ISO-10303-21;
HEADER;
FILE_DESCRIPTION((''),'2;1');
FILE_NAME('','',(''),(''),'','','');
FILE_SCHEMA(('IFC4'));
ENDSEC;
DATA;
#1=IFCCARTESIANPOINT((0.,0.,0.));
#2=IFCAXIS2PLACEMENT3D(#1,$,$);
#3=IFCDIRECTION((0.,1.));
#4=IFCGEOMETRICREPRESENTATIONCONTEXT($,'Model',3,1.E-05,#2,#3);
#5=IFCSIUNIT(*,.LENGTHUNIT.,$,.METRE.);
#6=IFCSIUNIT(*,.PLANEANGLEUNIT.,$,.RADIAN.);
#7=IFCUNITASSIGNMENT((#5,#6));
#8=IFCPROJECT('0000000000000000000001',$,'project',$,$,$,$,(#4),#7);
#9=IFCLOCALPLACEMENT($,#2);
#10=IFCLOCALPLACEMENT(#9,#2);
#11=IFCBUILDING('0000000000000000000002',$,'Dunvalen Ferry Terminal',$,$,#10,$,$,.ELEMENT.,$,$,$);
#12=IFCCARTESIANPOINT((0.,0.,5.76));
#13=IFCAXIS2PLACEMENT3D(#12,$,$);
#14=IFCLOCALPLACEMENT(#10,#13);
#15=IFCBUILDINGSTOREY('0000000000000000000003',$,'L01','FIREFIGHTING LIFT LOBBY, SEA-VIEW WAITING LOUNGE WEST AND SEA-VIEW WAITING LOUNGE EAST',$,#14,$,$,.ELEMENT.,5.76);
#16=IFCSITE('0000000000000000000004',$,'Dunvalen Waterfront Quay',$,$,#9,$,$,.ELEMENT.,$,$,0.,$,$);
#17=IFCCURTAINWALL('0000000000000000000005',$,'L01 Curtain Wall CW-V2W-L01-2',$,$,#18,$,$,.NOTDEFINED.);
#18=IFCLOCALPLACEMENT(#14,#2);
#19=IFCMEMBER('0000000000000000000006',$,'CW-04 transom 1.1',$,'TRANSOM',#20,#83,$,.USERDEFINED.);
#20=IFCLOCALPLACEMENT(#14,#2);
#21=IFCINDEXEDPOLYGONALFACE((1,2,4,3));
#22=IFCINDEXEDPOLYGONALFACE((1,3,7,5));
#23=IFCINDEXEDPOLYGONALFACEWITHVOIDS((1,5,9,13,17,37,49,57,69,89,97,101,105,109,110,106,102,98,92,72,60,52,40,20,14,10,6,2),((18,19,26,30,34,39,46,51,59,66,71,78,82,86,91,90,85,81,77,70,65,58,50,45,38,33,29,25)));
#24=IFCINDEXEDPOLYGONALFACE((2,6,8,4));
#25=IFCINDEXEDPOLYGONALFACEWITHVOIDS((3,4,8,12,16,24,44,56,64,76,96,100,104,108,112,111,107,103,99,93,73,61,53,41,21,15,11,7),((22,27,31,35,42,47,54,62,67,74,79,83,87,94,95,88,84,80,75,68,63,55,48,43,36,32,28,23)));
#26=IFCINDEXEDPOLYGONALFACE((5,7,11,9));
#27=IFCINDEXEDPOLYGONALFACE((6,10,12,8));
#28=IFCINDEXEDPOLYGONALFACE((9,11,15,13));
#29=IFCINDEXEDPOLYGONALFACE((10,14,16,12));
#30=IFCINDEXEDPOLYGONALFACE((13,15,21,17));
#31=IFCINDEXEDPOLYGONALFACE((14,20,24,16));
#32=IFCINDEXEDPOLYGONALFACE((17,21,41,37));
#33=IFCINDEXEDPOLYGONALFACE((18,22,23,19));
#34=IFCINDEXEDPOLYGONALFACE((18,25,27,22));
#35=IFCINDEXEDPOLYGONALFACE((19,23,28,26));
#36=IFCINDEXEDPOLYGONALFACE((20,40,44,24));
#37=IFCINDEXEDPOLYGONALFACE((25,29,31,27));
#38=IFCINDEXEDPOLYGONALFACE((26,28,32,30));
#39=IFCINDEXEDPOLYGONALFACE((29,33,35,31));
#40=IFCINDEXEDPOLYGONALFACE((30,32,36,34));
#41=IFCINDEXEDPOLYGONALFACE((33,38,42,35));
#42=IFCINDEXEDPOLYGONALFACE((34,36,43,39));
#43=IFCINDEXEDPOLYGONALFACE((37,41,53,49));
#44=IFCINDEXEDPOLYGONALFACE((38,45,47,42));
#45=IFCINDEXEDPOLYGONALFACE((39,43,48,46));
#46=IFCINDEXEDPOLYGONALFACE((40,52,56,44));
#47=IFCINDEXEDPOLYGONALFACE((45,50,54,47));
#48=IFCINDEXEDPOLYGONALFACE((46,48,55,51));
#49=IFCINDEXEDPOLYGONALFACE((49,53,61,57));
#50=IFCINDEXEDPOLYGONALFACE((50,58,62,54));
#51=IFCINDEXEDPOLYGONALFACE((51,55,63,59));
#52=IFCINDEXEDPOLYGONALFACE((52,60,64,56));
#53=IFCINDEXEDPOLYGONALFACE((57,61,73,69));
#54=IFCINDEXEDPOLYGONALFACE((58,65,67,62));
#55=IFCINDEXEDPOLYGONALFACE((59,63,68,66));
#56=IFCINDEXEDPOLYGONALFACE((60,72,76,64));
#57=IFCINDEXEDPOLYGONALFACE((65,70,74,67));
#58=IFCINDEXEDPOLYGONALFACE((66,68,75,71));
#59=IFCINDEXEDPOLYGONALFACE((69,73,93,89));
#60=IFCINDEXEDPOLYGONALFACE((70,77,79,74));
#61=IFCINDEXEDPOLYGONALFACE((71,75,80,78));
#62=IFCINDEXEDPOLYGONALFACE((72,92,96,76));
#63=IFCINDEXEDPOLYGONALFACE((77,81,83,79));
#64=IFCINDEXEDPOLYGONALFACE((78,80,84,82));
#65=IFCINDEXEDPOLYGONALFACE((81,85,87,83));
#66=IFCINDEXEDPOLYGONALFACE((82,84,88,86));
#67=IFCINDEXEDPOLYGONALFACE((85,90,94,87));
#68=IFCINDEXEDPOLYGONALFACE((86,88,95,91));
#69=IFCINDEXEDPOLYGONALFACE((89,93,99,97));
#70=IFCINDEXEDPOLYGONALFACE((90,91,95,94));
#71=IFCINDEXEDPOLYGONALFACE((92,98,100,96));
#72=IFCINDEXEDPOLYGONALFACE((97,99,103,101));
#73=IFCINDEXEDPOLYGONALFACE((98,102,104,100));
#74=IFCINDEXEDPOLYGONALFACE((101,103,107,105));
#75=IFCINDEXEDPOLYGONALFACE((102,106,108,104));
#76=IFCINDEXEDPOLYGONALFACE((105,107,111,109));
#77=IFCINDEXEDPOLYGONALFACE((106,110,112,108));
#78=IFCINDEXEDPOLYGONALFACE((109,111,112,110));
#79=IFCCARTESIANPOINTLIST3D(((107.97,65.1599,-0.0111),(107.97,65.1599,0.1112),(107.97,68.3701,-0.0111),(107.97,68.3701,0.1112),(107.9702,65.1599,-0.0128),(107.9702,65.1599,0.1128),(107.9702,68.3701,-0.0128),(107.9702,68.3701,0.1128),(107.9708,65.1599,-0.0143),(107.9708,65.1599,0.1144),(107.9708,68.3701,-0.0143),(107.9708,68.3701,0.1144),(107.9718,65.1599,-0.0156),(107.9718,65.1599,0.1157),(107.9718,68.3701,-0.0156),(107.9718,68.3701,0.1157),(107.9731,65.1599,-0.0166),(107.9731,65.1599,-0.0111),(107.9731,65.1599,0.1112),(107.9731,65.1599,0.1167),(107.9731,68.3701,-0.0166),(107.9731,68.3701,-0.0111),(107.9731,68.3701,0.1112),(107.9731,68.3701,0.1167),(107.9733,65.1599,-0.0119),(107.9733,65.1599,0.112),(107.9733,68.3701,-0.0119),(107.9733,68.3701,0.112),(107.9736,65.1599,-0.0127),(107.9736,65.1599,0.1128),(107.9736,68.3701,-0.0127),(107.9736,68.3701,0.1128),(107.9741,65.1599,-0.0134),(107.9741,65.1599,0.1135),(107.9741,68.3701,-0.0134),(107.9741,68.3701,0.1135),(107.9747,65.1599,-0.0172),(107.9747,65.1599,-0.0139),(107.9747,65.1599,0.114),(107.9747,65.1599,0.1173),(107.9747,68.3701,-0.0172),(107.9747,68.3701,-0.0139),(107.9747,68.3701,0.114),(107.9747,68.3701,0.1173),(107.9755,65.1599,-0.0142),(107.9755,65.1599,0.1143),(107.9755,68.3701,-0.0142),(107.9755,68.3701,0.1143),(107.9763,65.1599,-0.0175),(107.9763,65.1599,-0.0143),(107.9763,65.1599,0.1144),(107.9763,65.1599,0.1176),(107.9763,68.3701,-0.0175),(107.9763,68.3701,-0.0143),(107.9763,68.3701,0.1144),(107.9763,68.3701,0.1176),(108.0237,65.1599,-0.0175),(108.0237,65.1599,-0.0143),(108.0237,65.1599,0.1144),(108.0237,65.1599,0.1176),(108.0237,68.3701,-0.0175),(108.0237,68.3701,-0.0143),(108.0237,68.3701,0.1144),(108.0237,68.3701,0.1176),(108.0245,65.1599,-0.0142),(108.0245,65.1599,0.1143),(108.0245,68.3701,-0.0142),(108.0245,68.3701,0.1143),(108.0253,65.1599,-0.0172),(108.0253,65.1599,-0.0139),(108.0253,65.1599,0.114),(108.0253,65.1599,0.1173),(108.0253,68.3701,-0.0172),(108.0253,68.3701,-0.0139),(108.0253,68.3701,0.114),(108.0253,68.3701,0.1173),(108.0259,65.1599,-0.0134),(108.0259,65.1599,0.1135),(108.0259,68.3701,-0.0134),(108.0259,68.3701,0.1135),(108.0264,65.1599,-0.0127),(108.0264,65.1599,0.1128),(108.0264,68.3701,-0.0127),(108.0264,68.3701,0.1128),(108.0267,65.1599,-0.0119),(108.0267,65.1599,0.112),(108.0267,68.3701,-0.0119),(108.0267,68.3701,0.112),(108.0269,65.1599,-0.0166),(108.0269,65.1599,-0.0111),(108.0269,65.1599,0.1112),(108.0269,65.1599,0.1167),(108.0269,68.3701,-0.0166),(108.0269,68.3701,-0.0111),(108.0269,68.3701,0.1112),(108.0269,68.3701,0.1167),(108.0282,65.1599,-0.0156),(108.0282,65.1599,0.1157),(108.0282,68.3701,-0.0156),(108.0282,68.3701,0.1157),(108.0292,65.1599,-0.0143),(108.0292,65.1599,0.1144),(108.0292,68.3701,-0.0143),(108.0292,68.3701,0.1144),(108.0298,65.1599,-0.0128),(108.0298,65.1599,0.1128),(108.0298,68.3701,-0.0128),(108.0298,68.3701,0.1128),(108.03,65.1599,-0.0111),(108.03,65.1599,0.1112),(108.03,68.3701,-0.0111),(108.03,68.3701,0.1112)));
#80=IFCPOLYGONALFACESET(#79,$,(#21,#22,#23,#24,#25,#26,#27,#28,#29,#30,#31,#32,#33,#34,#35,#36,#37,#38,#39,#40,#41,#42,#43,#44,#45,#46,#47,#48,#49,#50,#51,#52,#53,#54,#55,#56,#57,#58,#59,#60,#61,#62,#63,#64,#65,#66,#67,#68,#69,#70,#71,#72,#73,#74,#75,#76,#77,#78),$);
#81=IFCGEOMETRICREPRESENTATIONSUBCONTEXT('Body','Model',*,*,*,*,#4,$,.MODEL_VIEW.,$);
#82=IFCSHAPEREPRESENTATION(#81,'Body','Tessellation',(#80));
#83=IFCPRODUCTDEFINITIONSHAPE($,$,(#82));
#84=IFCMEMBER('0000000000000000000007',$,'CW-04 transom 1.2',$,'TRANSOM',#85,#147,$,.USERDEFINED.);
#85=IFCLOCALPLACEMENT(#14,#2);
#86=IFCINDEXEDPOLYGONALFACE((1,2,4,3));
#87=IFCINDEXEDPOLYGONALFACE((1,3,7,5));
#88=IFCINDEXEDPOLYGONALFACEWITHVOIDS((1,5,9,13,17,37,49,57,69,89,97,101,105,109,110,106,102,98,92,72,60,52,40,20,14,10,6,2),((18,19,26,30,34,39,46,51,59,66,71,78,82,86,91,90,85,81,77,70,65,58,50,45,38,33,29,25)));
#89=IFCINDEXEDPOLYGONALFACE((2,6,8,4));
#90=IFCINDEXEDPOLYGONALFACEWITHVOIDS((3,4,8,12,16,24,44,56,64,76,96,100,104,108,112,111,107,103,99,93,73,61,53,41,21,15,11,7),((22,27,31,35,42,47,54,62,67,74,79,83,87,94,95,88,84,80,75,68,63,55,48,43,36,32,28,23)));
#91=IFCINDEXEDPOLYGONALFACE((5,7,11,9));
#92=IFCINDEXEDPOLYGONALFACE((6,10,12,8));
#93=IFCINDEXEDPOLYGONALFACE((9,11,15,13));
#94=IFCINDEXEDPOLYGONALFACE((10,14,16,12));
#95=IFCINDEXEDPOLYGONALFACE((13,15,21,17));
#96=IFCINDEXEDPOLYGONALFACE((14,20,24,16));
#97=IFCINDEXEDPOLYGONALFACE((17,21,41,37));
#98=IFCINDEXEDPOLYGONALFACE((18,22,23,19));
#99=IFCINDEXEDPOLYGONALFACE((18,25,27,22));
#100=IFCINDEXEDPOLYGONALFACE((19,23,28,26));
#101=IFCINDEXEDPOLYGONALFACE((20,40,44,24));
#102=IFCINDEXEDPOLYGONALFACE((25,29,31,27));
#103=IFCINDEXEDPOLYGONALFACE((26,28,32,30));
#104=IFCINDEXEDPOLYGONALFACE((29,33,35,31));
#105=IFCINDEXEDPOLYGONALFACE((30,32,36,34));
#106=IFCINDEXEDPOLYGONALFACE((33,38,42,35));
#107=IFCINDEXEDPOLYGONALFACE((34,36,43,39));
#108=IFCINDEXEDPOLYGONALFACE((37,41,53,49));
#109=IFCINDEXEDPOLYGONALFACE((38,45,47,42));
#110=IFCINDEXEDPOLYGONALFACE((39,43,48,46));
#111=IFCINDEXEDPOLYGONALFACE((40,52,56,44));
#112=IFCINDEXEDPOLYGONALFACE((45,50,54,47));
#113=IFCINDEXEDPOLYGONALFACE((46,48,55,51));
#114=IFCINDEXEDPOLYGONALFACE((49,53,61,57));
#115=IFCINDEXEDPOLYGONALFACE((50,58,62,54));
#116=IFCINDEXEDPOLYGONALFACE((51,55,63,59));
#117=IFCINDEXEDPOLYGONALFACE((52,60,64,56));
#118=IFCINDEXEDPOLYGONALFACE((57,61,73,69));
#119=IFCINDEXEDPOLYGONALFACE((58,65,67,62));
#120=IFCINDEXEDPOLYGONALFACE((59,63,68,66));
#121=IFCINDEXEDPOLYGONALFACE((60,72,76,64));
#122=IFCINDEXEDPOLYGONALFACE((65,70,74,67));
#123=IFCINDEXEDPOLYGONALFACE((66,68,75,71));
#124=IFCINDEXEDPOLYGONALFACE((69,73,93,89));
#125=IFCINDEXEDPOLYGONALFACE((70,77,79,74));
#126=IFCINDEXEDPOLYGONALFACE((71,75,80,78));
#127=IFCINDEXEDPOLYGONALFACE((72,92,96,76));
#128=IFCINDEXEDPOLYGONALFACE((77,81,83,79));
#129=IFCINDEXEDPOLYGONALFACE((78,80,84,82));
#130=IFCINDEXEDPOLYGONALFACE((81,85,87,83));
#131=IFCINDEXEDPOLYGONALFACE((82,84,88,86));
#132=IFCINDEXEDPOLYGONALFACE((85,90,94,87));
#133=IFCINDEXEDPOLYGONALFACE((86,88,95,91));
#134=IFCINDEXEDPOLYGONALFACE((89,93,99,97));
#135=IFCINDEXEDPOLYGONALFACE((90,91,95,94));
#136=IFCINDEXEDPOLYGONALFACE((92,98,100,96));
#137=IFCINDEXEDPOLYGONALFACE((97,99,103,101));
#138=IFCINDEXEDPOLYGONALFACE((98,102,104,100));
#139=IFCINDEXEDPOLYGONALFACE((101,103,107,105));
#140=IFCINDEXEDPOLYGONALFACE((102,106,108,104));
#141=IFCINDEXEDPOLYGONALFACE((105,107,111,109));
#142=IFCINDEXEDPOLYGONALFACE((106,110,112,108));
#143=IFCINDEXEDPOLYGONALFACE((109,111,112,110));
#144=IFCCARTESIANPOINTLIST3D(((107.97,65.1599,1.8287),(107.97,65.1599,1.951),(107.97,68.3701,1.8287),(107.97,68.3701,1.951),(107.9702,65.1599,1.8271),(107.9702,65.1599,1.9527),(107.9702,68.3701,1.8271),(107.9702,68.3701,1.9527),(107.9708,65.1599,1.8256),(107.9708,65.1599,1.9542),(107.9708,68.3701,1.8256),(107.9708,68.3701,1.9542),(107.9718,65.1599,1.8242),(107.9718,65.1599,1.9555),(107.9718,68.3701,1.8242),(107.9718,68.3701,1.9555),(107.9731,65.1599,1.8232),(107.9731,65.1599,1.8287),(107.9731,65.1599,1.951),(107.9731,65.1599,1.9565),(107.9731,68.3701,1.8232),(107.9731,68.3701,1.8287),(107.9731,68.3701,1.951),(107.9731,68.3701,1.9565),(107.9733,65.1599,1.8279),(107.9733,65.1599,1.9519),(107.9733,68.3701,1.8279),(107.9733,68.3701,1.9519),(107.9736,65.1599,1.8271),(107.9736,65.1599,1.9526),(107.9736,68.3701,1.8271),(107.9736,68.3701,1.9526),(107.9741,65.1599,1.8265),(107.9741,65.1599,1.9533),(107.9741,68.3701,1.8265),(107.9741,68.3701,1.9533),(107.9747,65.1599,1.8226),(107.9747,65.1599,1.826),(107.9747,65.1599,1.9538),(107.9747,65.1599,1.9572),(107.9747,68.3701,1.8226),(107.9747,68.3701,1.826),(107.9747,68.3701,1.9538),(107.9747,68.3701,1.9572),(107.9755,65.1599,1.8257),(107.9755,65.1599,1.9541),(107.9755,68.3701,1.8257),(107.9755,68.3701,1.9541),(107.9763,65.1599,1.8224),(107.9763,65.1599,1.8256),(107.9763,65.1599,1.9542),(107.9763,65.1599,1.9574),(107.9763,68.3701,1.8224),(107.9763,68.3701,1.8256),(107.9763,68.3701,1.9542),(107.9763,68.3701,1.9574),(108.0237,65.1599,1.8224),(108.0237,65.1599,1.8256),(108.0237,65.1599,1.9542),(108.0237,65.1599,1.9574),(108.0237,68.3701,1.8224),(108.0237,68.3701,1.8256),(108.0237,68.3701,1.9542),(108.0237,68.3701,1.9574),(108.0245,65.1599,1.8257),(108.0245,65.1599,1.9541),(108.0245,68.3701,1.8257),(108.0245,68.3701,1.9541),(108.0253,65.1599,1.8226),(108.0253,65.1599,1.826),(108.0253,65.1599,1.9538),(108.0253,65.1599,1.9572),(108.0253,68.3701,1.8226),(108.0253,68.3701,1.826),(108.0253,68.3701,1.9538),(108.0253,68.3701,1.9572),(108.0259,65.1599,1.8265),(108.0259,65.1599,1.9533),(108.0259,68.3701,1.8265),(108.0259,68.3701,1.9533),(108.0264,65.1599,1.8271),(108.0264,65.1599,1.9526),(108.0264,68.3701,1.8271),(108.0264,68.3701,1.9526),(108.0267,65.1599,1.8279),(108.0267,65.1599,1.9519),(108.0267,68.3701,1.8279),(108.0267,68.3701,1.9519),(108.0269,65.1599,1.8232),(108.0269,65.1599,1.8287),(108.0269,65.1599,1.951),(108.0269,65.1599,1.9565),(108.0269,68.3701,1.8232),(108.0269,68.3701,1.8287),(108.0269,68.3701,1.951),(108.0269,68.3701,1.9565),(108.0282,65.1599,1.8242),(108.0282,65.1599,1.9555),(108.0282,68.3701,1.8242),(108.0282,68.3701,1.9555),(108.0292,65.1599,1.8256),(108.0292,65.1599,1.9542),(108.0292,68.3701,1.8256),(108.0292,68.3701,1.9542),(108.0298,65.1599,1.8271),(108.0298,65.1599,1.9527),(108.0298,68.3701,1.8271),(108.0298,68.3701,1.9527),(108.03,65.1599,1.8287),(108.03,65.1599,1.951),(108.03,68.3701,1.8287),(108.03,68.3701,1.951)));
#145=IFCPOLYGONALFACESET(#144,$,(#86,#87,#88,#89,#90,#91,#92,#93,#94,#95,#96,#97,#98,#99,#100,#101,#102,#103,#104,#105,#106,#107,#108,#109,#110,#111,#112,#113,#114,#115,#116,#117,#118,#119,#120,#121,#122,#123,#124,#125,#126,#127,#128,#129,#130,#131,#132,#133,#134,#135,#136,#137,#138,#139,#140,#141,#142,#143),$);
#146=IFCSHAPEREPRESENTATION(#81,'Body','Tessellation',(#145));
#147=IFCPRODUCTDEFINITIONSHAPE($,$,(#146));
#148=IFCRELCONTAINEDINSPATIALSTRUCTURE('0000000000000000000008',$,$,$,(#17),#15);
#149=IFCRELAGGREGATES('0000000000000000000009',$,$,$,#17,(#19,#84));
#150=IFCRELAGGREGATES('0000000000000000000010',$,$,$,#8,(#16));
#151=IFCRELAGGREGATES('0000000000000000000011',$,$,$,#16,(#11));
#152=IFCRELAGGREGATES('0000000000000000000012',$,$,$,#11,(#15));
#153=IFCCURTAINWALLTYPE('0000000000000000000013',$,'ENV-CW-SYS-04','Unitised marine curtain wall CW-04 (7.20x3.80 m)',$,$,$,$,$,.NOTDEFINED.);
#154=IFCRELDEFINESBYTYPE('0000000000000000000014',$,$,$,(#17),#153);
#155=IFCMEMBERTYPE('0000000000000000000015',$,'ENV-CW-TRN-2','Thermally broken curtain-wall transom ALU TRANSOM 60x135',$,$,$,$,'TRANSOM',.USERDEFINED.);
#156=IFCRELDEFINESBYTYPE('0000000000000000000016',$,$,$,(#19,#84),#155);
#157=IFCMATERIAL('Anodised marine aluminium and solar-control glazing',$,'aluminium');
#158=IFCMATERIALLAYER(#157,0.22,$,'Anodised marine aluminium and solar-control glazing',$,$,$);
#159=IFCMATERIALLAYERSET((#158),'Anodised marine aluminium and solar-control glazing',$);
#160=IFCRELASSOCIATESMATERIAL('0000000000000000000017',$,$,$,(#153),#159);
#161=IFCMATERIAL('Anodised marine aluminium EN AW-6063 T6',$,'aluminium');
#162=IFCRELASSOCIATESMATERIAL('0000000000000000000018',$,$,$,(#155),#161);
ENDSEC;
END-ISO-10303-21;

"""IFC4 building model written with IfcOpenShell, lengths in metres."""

from ifc_helpers import new_model, si_unit, direction, frame, origin, origin_2d, place, context, subcontext, project, spatial, hollow_rectangle, extrude, material, layer, layer_set, material_profile, profile_set, type_object, element, aggregate, save


model = new_model("IFC4")

# Units and contexts
model_context = context("Model", 3, precision=1e-05, world=origin(), true_north=direction((0.0, 1.0)))
body_context = subcontext(model_context, "Body", "Model", "MODEL_VIEW")
ifc_project = project(units=[si_unit("LENGTHUNIT", "METRE"), si_unit("PLANEANGLEUNIT", "RADIAN")], contexts=[model_context])

# Site, building, storey
site_placement = place(None, origin())
site = spatial("IfcSite", under=ifc_project, at=site_placement, Name="Dunvalen Waterfront Quay", CompositionType="ELEMENT", RefElevation=0.0)
building_placement = place(site_placement, origin())
building = spatial("IfcBuilding", under=site, at=building_placement, Name="Dunvalen Ferry Terminal", CompositionType="ELEMENT")
storey_placement = place(building_placement, frame((0.0, 0.0, 5.76)))
storey = spatial("IfcBuildingStorey", under=building, at=storey_placement, Name="L01", Description="FIREFIGHTING LIFT LOBBY, SEA-VIEW WAITING LOUNGE WEST AND SEA-VIEW WAITING LOUNGE EAST", CompositionType="ELEMENT", Elevation=5.76)

# Shared definitions
ifc_material_1 = material(Name="Anodised marine aluminium and solar-control glazing", Category="aluminium")
ifc_material_2 = material(Name="Anodised marine aluminium EN AW-6063 T6", Category="aluminium")

# Curtain wall
ifc_layer_1 = layer(ifc_material_1, 0.22, Name="Anodised marine aluminium and solar-control glazing")
ifc_layer_set_1 = layer_set([ifc_layer_1], Name="Anodised marine aluminium and solar-control glazing")
curtain_wall_type_1 = type_object("IfcCurtainWallType", Name="ENV-CW-SYS-04", Description="Unitised marine curtain wall CW-04 (7.20x3.80 m)", PredefinedType="NOTDEFINED", material=ifc_layer_set_1)
curtain_wall_1_placement = place(storey_placement, origin())
curtain_wall_1 = element("IfcCurtainWall", 1, at=curtain_wall_1_placement, inside=storey, type_object=curtain_wall_type_1, Name="L01 Curtain Wall CW-V2W-L01-2", PredefinedType="NOTDEFINED")

# Members
ifc_material_profile_1 = material_profile(ifc_material_2, hollow_rectangle(XDim=0.0601, YDim=0.135, WallThickness=0.0032, InnerFilletRadius=0.0032, OuterFilletRadius=0.0063, at=origin_2d()), Name="Anodised marine aluminium EN AW-6063 T6")
ifc_profile_set_1 = profile_set([ifc_material_profile_1], Name="Anodised marine aluminium EN AW-6063 T6")
member_type_1 = type_object("IfcMemberType", Name="ENV-CW-TRN-2", Description="Thermally broken curtain-wall transom ALU TRANSOM 60x135", ElementType="TRANSOM", PredefinedType="USERDEFINED", material=ifc_profile_set_1)
member_1_placement = place(storey_placement, frame((108.0, 65.1599, 0.05), z_axis=(0.0, 1.0, 0.0), x_axis=(-1.0, 0.0, 0.0)))
member_1 = element("IfcMember", 2, at=member_1_placement, type_object=member_type_1, Name="CW-04 transom 1.1", ObjectType="TRANSOM", PredefinedType="USERDEFINED", context=body_context, shape_type="SweptSolid", body=[
    extrude(hollow_rectangle(XDim=0.0601, YDim=0.135, WallThickness=0.0032, InnerFilletRadius=0.0032, OuterFilletRadius=0.0063, at=origin_2d()), origin(), (0.0, 0.0, 1.0), 3.2102),
])
member_2_placement = place(storey_placement, frame((108.0, 65.1599, 1.8899), z_axis=(0.0, 1.0, 0.0), x_axis=(-1.0, 0.0, 0.0)))
member_2 = element("IfcMember", 3, at=member_2_placement, type_object=member_type_1, Name="CW-04 transom 1.2", ObjectType="TRANSOM", PredefinedType="USERDEFINED", context=body_context, shape_type="SweptSolid", body=[
    extrude(hollow_rectangle(XDim=0.0601, YDim=0.135, WallThickness=0.0032, InnerFilletRadius=0.0032, OuterFilletRadius=0.0063, at=origin_2d()), origin(), (0.0, 0.0, 1.0), 3.2102),
])

aggregate(curtain_wall_1, [member_1, member_2])

save(model, "model.ifc")
